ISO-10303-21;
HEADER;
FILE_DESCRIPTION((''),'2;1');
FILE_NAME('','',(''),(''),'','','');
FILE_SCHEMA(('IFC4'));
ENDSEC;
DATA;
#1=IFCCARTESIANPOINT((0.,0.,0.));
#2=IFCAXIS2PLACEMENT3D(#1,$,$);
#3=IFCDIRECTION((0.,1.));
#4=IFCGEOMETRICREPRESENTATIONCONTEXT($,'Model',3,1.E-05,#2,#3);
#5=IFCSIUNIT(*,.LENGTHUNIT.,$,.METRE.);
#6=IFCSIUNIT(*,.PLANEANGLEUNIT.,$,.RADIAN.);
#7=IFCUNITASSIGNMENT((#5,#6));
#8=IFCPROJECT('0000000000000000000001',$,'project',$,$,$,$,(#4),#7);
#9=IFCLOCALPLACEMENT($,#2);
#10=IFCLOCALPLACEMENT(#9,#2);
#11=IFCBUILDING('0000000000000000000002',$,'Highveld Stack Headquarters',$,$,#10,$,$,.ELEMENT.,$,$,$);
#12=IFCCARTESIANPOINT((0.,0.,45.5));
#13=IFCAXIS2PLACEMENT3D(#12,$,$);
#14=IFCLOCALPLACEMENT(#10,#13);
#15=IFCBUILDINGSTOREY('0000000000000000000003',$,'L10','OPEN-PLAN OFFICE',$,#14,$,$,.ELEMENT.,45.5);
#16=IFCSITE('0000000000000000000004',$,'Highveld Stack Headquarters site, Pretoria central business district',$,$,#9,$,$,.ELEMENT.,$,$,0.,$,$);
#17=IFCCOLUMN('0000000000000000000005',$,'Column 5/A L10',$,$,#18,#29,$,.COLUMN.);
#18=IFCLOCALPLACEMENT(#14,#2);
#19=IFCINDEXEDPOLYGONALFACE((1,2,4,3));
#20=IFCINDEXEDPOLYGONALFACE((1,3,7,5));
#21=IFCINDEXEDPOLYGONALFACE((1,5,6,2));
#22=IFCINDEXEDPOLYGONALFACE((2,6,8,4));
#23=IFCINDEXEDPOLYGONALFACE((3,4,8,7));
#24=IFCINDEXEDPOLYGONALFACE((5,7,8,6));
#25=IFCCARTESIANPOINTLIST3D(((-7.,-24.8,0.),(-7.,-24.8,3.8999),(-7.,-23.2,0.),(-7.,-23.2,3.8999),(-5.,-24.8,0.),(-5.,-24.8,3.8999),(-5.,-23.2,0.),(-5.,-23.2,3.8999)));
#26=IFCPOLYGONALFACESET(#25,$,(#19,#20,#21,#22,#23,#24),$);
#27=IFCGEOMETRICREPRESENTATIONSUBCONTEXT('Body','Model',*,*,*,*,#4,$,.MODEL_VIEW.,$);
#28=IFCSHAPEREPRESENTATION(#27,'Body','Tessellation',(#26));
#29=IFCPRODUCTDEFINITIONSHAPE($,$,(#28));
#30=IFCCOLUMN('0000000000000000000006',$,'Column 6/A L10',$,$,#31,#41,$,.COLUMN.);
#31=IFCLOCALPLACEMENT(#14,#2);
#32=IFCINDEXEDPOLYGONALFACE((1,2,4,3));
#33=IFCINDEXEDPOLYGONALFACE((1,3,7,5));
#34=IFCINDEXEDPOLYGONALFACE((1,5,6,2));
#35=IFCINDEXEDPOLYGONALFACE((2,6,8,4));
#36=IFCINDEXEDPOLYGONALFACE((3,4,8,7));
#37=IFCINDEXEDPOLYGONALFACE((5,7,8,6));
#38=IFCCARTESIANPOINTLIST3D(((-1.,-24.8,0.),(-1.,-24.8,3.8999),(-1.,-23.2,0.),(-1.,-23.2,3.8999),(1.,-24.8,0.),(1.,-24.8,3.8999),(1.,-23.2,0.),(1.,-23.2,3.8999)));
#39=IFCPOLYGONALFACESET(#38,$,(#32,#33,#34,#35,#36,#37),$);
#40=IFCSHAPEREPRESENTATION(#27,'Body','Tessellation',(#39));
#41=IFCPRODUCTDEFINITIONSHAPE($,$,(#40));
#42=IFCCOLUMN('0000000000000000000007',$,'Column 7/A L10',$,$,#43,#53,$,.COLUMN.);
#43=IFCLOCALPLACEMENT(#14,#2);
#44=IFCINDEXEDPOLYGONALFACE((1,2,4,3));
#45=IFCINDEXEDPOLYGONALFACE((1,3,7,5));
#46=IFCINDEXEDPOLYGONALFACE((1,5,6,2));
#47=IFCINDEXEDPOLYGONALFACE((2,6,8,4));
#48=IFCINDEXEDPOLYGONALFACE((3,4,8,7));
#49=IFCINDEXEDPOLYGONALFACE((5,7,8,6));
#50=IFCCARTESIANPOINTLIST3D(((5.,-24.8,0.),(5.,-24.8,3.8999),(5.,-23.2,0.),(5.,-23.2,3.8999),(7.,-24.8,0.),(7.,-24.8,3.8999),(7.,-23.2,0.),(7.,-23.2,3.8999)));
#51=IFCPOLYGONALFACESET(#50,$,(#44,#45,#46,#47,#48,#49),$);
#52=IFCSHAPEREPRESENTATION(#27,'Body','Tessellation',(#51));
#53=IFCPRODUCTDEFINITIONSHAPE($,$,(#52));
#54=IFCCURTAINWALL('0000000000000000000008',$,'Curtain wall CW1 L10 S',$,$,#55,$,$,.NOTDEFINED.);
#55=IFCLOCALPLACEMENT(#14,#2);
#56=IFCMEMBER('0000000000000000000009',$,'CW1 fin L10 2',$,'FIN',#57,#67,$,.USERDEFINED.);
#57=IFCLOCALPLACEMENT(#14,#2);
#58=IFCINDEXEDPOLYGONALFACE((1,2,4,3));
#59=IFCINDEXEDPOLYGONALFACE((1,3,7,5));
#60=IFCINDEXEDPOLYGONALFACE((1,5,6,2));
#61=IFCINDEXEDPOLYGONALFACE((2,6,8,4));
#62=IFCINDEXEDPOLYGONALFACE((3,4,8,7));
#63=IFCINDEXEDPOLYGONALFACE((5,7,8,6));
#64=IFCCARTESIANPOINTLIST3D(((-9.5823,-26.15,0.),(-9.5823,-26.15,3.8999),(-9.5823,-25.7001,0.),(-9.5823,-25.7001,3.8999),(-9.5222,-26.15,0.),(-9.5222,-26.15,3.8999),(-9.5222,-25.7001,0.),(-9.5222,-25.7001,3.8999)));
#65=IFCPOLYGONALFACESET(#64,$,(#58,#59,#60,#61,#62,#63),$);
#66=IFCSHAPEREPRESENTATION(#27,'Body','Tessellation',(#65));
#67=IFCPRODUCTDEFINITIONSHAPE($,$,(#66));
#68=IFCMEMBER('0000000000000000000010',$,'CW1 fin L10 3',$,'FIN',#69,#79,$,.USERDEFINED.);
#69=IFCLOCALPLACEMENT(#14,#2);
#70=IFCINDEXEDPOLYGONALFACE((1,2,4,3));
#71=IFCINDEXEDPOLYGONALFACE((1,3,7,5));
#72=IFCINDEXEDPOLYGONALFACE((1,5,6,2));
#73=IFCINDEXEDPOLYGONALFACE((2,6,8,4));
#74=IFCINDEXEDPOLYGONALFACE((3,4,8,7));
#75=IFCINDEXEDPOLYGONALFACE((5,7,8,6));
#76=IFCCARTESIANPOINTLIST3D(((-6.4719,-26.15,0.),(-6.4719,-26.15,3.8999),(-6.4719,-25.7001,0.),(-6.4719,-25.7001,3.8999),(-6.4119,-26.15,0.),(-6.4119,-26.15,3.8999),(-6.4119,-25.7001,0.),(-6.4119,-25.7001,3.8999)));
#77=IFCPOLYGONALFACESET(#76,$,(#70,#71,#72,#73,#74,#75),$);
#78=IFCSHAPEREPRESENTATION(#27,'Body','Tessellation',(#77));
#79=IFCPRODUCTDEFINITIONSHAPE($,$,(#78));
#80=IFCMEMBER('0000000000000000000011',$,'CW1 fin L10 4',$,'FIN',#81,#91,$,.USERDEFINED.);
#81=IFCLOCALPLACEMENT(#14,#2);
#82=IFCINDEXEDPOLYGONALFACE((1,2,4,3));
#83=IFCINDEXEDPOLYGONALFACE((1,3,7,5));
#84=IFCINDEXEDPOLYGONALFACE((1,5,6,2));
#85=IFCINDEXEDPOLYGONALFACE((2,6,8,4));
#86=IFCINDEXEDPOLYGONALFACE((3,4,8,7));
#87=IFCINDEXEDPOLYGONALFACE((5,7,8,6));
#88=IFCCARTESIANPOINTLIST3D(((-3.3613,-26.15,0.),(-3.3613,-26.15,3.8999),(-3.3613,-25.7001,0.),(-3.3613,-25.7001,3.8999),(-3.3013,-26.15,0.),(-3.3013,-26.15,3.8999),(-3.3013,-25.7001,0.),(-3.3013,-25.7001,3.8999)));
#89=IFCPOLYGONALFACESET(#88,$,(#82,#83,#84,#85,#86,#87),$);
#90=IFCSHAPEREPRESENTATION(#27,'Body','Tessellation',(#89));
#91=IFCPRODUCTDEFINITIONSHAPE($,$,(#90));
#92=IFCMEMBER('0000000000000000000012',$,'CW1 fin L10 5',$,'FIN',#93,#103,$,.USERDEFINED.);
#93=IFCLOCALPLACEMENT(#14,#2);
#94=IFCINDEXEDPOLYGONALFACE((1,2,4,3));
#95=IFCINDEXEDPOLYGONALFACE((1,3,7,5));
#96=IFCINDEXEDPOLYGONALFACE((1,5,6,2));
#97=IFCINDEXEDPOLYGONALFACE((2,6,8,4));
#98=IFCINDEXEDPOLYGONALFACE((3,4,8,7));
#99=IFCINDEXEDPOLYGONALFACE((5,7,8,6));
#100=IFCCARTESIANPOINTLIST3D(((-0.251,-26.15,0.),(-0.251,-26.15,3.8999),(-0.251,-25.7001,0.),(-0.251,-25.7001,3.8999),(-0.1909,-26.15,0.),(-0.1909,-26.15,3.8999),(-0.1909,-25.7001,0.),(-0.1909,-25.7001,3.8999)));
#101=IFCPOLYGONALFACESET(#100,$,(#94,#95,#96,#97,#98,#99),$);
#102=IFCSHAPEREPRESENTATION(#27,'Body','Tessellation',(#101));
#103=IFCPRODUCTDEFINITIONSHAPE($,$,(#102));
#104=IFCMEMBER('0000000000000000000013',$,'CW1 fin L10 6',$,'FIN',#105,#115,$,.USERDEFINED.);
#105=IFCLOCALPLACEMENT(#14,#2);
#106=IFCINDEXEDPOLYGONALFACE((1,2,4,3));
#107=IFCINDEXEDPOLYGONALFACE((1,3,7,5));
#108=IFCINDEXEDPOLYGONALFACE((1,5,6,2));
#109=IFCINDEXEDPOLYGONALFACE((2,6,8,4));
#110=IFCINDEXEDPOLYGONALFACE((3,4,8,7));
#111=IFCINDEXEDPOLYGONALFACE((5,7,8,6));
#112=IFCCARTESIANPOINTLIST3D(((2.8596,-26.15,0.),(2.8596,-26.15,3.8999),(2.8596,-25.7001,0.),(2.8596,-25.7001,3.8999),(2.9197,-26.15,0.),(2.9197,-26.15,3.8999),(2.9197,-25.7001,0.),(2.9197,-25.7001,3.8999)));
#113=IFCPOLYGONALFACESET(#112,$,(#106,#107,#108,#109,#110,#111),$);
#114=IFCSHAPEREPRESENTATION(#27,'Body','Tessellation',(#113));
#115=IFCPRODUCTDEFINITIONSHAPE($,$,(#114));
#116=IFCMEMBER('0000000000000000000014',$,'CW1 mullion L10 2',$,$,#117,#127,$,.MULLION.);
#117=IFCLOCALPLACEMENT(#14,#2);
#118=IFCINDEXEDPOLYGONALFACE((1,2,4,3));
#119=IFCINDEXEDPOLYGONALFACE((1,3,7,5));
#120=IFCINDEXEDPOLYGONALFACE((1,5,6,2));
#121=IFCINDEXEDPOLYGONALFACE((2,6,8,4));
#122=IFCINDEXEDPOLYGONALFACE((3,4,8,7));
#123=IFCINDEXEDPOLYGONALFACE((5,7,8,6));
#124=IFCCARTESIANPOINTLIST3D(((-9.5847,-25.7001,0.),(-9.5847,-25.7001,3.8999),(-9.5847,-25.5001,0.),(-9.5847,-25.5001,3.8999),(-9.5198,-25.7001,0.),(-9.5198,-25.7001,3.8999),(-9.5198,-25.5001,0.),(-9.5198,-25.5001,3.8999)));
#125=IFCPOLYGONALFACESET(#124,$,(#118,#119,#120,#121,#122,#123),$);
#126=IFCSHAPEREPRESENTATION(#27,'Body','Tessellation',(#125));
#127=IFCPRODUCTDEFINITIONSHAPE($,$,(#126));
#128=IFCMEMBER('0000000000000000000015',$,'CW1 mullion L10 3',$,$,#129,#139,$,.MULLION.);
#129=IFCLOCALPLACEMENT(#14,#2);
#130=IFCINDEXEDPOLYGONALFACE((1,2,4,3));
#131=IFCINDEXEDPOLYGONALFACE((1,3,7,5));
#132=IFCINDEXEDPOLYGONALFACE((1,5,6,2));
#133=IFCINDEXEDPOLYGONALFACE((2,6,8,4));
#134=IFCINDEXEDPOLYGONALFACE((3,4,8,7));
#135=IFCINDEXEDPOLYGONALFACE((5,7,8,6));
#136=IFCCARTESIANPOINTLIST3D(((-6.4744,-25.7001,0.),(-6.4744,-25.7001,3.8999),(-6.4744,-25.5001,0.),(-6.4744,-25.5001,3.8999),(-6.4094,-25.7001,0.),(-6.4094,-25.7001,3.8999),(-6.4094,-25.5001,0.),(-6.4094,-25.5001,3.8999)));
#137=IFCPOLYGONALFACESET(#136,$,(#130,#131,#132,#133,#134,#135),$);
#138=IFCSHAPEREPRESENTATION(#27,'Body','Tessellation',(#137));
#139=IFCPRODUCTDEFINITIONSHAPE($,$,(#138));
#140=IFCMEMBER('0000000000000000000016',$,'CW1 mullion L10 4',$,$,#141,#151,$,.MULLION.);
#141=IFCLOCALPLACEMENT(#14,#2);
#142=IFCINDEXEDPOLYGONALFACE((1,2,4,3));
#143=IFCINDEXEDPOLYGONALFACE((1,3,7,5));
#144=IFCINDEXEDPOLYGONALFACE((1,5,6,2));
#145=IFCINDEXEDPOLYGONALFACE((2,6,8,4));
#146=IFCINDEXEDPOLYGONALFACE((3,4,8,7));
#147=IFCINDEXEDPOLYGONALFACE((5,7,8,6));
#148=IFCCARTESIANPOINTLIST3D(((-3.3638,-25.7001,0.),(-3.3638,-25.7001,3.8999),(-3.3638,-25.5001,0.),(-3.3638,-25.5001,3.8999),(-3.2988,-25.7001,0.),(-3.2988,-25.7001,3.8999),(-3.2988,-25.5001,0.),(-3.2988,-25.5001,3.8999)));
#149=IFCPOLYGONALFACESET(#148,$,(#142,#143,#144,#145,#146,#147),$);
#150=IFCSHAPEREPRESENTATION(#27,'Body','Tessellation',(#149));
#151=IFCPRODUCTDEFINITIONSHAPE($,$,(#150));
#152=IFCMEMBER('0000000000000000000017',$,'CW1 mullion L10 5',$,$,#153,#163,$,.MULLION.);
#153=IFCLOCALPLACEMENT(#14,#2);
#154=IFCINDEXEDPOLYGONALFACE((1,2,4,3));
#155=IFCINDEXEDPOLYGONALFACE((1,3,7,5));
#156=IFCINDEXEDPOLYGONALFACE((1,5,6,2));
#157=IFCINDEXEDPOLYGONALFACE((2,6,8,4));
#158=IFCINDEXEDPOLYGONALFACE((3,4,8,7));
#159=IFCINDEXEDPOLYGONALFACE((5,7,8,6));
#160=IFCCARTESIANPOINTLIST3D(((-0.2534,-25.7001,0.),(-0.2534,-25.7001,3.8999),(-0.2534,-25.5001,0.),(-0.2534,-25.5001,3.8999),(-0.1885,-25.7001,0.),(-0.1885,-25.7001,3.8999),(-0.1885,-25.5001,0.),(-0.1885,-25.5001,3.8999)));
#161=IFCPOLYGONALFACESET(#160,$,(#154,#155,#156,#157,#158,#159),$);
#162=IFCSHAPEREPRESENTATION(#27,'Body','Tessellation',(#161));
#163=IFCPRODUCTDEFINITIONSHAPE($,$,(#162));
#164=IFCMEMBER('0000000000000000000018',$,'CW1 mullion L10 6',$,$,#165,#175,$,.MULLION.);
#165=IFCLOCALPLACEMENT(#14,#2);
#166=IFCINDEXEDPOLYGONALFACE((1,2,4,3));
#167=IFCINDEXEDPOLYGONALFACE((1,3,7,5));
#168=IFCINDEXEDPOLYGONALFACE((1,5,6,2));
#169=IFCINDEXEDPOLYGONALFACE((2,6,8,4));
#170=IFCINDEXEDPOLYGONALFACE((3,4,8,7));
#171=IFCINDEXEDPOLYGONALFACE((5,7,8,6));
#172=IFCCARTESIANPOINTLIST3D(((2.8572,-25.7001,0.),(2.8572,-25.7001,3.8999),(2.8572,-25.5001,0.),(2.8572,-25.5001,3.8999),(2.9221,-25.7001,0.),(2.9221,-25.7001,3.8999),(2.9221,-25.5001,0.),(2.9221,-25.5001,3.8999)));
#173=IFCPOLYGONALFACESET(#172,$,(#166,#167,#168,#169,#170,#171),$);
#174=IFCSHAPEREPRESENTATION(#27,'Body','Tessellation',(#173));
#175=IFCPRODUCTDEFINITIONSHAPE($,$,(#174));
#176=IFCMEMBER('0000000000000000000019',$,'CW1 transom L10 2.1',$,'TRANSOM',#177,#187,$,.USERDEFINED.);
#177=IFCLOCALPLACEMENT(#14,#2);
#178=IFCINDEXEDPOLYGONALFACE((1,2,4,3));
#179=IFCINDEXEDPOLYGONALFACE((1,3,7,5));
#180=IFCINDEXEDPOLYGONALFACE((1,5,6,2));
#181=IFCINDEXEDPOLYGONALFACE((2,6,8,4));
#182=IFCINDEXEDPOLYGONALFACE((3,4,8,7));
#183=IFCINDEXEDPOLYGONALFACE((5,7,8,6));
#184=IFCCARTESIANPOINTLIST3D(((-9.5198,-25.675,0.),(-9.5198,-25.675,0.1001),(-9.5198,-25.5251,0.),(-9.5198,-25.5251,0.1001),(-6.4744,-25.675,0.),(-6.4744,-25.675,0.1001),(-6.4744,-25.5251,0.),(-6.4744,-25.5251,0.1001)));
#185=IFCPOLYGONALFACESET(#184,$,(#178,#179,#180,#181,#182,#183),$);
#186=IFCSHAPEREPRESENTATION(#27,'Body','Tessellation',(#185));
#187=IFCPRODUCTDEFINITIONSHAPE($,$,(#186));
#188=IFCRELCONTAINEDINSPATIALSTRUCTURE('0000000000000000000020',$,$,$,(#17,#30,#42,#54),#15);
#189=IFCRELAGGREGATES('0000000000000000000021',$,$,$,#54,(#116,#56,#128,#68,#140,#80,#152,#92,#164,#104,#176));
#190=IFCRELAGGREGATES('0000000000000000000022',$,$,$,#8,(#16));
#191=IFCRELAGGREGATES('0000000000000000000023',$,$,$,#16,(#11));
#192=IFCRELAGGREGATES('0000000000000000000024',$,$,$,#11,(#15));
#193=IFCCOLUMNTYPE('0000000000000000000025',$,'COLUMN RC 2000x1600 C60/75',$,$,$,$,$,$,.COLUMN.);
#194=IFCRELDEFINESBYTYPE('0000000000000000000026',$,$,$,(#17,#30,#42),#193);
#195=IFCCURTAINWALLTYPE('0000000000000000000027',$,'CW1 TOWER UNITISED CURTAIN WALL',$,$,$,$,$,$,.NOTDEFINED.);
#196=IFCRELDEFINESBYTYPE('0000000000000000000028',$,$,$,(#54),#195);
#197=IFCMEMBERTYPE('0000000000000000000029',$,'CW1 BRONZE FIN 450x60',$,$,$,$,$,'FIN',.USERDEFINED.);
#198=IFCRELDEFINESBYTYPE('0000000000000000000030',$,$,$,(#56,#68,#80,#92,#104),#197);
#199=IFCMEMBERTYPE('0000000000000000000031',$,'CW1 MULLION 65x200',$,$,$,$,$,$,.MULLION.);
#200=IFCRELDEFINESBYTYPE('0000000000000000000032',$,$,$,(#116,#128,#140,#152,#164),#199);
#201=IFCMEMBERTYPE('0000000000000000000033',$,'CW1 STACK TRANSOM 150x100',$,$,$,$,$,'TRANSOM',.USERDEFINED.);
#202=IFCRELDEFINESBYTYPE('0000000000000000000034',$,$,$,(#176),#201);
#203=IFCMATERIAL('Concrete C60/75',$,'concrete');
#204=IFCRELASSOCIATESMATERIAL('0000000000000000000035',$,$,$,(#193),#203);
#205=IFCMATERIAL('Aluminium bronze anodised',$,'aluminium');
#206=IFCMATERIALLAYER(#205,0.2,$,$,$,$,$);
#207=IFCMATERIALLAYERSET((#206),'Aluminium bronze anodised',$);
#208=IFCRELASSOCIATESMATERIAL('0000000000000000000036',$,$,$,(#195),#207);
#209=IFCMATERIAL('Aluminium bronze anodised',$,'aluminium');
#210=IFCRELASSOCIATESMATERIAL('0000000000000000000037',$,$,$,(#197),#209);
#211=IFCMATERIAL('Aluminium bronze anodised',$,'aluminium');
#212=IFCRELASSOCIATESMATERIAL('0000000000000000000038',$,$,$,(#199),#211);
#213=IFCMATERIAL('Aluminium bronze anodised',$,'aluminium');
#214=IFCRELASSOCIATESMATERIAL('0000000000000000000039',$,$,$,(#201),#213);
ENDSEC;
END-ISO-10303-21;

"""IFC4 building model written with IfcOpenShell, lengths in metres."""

from ifc_helpers import new_model, si_unit, direction, frame, origin, origin_2d, place, context, subcontext, project, spatial, rectangle, extrude, material, layer, layer_set, material_profile, profile_set, type_object, element, aggregate, save


model = new_model("IFC4")

# Units and contexts
model_context = context("Model", 3, precision=1e-05, world=origin(), true_north=direction((0.0, 1.0)))
body_context = subcontext(model_context, "Body", "Model", "MODEL_VIEW")
ifc_project = project(units=[si_unit("LENGTHUNIT", "METRE"), si_unit("PLANEANGLEUNIT", "RADIAN")], contexts=[model_context])

# Site, building, storey
site_placement = place(None, origin())
site = spatial("IfcSite", under=ifc_project, at=site_placement, Name="Highveld Stack Headquarters site, Pretoria central business district", CompositionType="ELEMENT", RefElevation=0.0)
building_placement = place(site_placement, origin())
building = spatial("IfcBuilding", under=site, at=building_placement, Name="Highveld Stack Headquarters", CompositionType="ELEMENT")
storey_placement = place(building_placement, frame((0.0, 0.0, 45.5)))
storey = spatial("IfcBuildingStorey", under=building, at=storey_placement, Name="L10", Description="OPEN-PLAN OFFICE", CompositionType="ELEMENT", Elevation=45.5)

# Columns
ifc_material_1 = material(Name="Concrete C60/75", Category="concrete")
ifc_material_profile_1 = material_profile(ifc_material_1, rectangle(XDim=2.0, YDim=1.6001, at=origin_2d()), Name="RC 2000x1600")
ifc_profile_set_1 = profile_set([ifc_material_profile_1], Name="Concrete C60/75")
column_type = type_object("IfcColumnType", Name="COLUMN RC 2000x1600 C60/75", PredefinedType="COLUMN", material=ifc_profile_set_1)
for number, where, z_axis, x_axis, name in (
    (1, (-6.0, -24.0, 0.0), (0.0, 0.0, 1.0), (1.0, 0.0, 0.0), "Column 5/A L10"),
    (2, (0.0, -24.0, 0.0), (0.0, 0.0, 1.0), (1.0, 0.0, 0.0), "Column 6/A L10"),
    (3, (6.0, -24.0, 0.0), (0.0, 0.0, 1.0), (1.0, 0.0, 0.0), "Column 7/A L10"),
):
    element("IfcColumn", number, at=place(storey_placement, frame(where, z_axis=z_axis, x_axis=x_axis)), inside=storey, type_object=column_type, Name=name, PredefinedType="COLUMN", context=body_context, shape_type="SweptSolid", body=[
        extrude(rectangle(XDim=2.0, YDim=1.6001, at=origin_2d()), origin(), (0.0, 0.0, 1.0), 3.8999),
    ])

# Curtain wall, members
ifc_material_2 = material(Name="Aluminium bronze anodised", Category="aluminium")
ifc_layer_1 = layer(ifc_material_2, 0.2)
ifc_layer_set_1 = layer_set([ifc_layer_1], Name="Aluminium bronze anodised")
curtain_wall_type = type_object("IfcCurtainWallType", Name="CW1 TOWER UNITISED CURTAIN WALL", PredefinedType="NOTDEFINED", material=ifc_layer_set_1)
curtain_wall_placement = place(storey_placement, origin())
curtain_wall = element("IfcCurtainWall", 4, at=curtain_wall_placement, inside=storey, type_object=curtain_wall_type, Name="Curtain wall CW1 L10 S", PredefinedType="NOTDEFINED")
ifc_material_3 = material(Name="Aluminium bronze anodised", Category="aluminium")
ifc_material_profile_2 = material_profile(ifc_material_3, rectangle(XDim=0.45, YDim=0.0601, at=origin_2d()), Name="FIN 450x60")
ifc_profile_set_2 = profile_set([ifc_material_profile_2], Name="Aluminium bronze anodised")
member_type_1 = type_object("IfcMemberType", Name="CW1 BRONZE FIN 450x60", ElementType="FIN", PredefinedType="USERDEFINED", material=ifc_profile_set_2)
member_1_placement = place(storey_placement, frame((-9.5522, -25.925, 0.0), z_axis=(0.0, 0.0, 1.0), x_axis=(0.0, 1.0, 0.0)))
member_1 = element("IfcMember", 5, at=member_1_placement, type_object=member_type_1, Name="CW1 fin L10 2", ObjectType="FIN", PredefinedType="USERDEFINED", context=body_context, shape_type="SweptSolid", body=[
    extrude(rectangle(XDim=0.45, YDim=0.0601, at=origin_2d()), origin(), (0.0, 0.0, 1.0), 3.8999),
])
member_2_placement = place(storey_placement, frame((-6.4419, -25.925, 0.0), z_axis=(0.0, 0.0, 1.0), x_axis=(0.0, 1.0, 0.0)))
member_2 = element("IfcMember", 6, at=member_2_placement, type_object=member_type_1, Name="CW1 fin L10 3", ObjectType="FIN", PredefinedType="USERDEFINED", context=body_context, shape_type="SweptSolid", body=[
    extrude(rectangle(XDim=0.45, YDim=0.0601, at=origin_2d()), origin(), (0.0, 0.0, 1.0), 3.8999),
])
member_3_placement = place(storey_placement, frame((-3.3313, -25.925, 0.0), z_axis=(0.0, 0.0, 1.0), x_axis=(0.0, 1.0, 0.0)))
member_3 = element("IfcMember", 7, at=member_3_placement, type_object=member_type_1, Name="CW1 fin L10 4", ObjectType="FIN", PredefinedType="USERDEFINED", context=body_context, shape_type="SweptSolid", body=[
    extrude(rectangle(XDim=0.45, YDim=0.0601, at=origin_2d()), origin(), (0.0, 0.0, 1.0), 3.8999),
])
member_4_placement = place(storey_placement, frame((-0.2209, -25.925, 0.0), z_axis=(0.0, 0.0, 1.0), x_axis=(0.0, 1.0, 0.0)))
member_4 = element("IfcMember", 8, at=member_4_placement, type_object=member_type_1, Name="CW1 fin L10 5", ObjectType="FIN", PredefinedType="USERDEFINED", context=body_context, shape_type="SweptSolid", body=[
    extrude(rectangle(XDim=0.45, YDim=0.0601, at=origin_2d()), origin(), (0.0, 0.0, 1.0), 3.8999),
])
member_5_placement = place(storey_placement, frame((2.8896, -25.925, 0.0), z_axis=(0.0, 0.0, 1.0), x_axis=(0.0, 1.0, 0.0)))
member_5 = element("IfcMember", 9, at=member_5_placement, type_object=member_type_1, Name="CW1 fin L10 6", ObjectType="FIN", PredefinedType="USERDEFINED", context=body_context, shape_type="SweptSolid", body=[
    extrude(rectangle(XDim=0.45, YDim=0.0601, at=origin_2d()), origin(), (0.0, 0.0, 1.0), 3.8999),
])
ifc_material_4 = material(Name="Aluminium bronze anodised", Category="aluminium")
ifc_material_profile_3 = material_profile(ifc_material_4, rectangle(XDim=0.2, YDim=0.0649, at=origin_2d()), Name="CW1 MULLION 65x200")
ifc_profile_set_3 = profile_set([ifc_material_profile_3], Name="Aluminium bronze anodised")
member_type_2 = type_object("IfcMemberType", Name="CW1 MULLION 65x200", PredefinedType="MULLION", material=ifc_profile_set_3)
member_6_placement = place(storey_placement, frame((-9.5522, -25.6001, 0.0), z_axis=(0.0, 0.0, 1.0), x_axis=(0.0, 1.0, 0.0)))
member_6 = element("IfcMember", 10, at=member_6_placement, type_object=member_type_2, Name="CW1 mullion L10 2", PredefinedType="MULLION", context=body_context, shape_type="SweptSolid", body=[
    extrude(rectangle(XDim=0.2, YDim=0.0649, at=origin_2d()), origin(), (0.0, 0.0, 1.0), 3.8999),
])
member_7_placement = place(storey_placement, frame((-6.4419, -25.6001, 0.0), z_axis=(0.0, 0.0, 1.0), x_axis=(0.0, 1.0, 0.0)))
member_7 = element("IfcMember", 11, at=member_7_placement, type_object=member_type_2, Name="CW1 mullion L10 3", PredefinedType="MULLION", context=body_context, shape_type="SweptSolid", body=[
    extrude(rectangle(XDim=0.2, YDim=0.0649, at=origin_2d()), origin(), (0.0, 0.0, 1.0), 3.8999),
])
member_8_placement = place(storey_placement, frame((-3.3313, -25.6001, 0.0), z_axis=(0.0, 0.0, 1.0), x_axis=(0.0, 1.0, 0.0)))
member_8 = element("IfcMember", 12, at=member_8_placement, type_object=member_type_2, Name="CW1 mullion L10 4", PredefinedType="MULLION", context=body_context, shape_type="SweptSolid", body=[
    extrude(rectangle(XDim=0.2, YDim=0.0649, at=origin_2d()), origin(), (0.0, 0.0, 1.0), 3.8999),
])
member_9_placement = place(storey_placement, frame((-0.2209, -25.6001, 0.0), z_axis=(0.0, 0.0, 1.0), x_axis=(0.0, 1.0, 0.0)))
member_9 = element("IfcMember", 13, at=member_9_placement, type_object=member_type_2, Name="CW1 mullion L10 5", PredefinedType="MULLION", context=body_context, shape_type="SweptSolid", body=[
    extrude(rectangle(XDim=0.2, YDim=0.0649, at=origin_2d()), origin(), (0.0, 0.0, 1.0), 3.8999),
])
member_10_placement = place(storey_placement, frame((2.8896, -25.6001, 0.0), z_axis=(0.0, 0.0, 1.0), x_axis=(0.0, 1.0, 0.0)))
member_10 = element("IfcMember", 14, at=member_10_placement, type_object=member_type_2, Name="CW1 mullion L10 6", PredefinedType="MULLION", context=body_context, shape_type="SweptSolid", body=[
    extrude(rectangle(XDim=0.2, YDim=0.0649, at=origin_2d()), origin(), (0.0, 0.0, 1.0), 3.8999),
])
ifc_material_5 = material(Name="Aluminium bronze anodised", Category="aluminium")
ifc_material_profile_4 = material_profile(ifc_material_5, rectangle(XDim=0.1499, YDim=0.1001, at=origin_2d()), Name="CW1 TRANSOM 150x100")
ifc_profile_set_4 = profile_set([ifc_material_profile_4], Name="Aluminium bronze anodised")
member_type_3 = type_object("IfcMemberType", Name="CW1 STACK TRANSOM 150x100", ElementType="TRANSOM", PredefinedType="USERDEFINED", material=ifc_profile_set_4)
member_11_placement = place(storey_placement, frame((-9.5198, -25.6001, 0.05), z_axis=(1.0, 0.0, 0.0), x_axis=(0.0, 1.0, 0.0)))
member_11 = element("IfcMember", 15, at=member_11_placement, type_object=member_type_3, Name="CW1 transom L10 2.1", ObjectType="TRANSOM", PredefinedType="USERDEFINED", context=body_context, shape_type="SweptSolid", body=[
    extrude(rectangle(XDim=0.1499, YDim=0.1001, at=origin_2d()), origin(), (0.0, 0.0, 1.0), 3.0454),
])
aggregate(curtain_wall, [member_6, member_1, member_7, member_2, member_8, member_3, member_9, member_4, member_10, member_5, member_11])

save(model, "model.ifc")
